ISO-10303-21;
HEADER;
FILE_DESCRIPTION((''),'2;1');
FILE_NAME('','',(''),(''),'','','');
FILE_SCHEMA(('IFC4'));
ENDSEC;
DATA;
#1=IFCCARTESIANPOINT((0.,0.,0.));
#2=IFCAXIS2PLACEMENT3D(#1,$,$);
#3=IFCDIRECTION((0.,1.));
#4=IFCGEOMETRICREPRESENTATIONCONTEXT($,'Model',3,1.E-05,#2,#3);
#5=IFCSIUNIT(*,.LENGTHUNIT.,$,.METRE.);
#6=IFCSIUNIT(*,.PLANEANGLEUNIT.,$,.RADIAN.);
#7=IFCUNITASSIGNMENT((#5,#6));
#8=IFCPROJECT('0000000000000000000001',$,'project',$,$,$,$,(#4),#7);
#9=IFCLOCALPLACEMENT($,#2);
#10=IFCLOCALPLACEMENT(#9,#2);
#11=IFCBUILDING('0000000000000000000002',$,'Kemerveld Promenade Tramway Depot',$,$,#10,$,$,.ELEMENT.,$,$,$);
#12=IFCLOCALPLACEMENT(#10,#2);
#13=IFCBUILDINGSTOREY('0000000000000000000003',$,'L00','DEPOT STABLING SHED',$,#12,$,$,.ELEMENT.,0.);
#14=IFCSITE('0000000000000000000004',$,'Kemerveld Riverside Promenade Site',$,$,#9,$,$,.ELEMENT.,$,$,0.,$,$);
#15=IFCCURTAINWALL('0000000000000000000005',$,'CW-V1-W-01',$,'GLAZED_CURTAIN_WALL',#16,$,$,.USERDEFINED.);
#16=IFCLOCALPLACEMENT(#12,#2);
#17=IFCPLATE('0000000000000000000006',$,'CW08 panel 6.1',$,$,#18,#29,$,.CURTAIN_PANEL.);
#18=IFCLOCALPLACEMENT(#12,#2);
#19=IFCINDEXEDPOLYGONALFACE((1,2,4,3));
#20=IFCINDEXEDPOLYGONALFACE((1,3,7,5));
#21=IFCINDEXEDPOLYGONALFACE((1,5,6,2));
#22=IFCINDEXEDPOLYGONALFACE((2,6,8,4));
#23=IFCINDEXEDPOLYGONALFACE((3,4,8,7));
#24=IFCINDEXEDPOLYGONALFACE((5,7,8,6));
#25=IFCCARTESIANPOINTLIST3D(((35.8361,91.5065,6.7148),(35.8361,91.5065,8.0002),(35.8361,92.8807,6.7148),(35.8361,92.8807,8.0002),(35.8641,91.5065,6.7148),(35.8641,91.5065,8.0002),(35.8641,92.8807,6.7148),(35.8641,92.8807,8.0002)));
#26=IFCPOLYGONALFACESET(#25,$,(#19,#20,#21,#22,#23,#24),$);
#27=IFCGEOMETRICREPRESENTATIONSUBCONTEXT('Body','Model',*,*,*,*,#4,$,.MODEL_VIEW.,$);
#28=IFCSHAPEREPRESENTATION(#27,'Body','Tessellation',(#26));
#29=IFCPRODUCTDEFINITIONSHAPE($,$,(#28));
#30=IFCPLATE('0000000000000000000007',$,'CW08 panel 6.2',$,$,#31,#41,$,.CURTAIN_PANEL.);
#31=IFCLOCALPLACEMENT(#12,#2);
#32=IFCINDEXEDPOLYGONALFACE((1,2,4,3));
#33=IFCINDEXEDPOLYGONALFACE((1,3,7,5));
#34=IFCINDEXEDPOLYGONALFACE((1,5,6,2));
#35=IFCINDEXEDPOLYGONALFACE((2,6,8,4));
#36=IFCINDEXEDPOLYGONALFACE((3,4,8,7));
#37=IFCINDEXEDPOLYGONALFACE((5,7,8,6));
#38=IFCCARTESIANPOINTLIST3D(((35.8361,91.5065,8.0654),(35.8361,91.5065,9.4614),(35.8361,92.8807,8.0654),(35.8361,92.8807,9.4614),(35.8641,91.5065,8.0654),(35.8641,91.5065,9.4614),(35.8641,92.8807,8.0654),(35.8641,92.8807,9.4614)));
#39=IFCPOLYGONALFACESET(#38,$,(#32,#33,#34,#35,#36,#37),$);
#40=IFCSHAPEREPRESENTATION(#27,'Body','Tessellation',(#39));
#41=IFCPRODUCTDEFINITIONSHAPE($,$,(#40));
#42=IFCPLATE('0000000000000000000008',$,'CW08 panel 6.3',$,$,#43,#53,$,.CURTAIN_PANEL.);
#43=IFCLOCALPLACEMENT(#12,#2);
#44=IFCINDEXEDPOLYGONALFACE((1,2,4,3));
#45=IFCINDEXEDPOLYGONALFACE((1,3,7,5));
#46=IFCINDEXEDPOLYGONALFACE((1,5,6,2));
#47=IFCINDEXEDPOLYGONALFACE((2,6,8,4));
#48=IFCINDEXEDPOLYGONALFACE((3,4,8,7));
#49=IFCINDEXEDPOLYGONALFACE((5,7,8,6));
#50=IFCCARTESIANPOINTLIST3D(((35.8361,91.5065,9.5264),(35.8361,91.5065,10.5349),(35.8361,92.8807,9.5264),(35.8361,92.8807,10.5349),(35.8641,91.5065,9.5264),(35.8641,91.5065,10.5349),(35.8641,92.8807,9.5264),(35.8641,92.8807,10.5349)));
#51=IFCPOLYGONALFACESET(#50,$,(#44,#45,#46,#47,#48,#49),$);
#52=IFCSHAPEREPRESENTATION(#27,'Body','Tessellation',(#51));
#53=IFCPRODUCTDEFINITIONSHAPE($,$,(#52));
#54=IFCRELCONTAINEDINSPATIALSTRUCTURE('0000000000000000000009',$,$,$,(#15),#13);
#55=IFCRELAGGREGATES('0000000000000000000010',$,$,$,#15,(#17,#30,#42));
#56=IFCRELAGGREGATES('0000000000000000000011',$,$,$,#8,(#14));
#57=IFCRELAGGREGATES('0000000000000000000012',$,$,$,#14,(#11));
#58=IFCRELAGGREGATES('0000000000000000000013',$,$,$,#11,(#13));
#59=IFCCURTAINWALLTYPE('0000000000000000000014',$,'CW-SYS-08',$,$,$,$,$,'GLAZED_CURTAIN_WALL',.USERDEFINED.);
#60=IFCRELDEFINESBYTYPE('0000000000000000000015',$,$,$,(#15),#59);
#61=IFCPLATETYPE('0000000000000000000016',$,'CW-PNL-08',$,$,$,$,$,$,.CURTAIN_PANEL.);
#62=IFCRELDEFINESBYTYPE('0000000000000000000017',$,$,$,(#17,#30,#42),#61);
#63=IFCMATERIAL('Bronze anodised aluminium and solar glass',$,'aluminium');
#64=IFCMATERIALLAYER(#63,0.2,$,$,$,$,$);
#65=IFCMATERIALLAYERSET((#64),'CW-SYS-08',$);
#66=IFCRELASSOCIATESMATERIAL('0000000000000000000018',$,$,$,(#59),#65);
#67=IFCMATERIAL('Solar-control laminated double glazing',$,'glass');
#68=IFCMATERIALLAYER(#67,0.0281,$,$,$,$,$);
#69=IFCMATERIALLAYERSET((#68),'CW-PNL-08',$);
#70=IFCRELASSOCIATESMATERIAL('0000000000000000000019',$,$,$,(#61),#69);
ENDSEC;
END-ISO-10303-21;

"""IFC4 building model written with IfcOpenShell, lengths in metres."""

from ifc_helpers import new_model, si_unit, direction, frame, origin, origin_2d, place, context, subcontext, project, spatial, rectangle, extrude, material, layer, layer_set, type_object, element, aggregate, save


model = new_model("IFC4")

# Units and contexts
model_context = context("Model", 3, precision=1e-05, world=origin(), true_north=direction((0.0, 1.0)))
body_context = subcontext(model_context, "Body", "Model", "MODEL_VIEW")
ifc_project = project(units=[si_unit("LENGTHUNIT", "METRE"), si_unit("PLANEANGLEUNIT", "RADIAN")], contexts=[model_context])

# Site, building, storey
site_placement = place(None, origin())
site = spatial("IfcSite", under=ifc_project, at=site_placement, Name="Kemerveld Riverside Promenade Site", CompositionType="ELEMENT", RefElevation=0.0)
building_placement = place(site_placement, origin())
building = spatial("IfcBuilding", under=site, at=building_placement, Name="Kemerveld Promenade Tramway Depot", CompositionType="ELEMENT")
storey_placement = place(building_placement, origin())
storey = spatial("IfcBuildingStorey", under=building, at=storey_placement, Name="L00", Description="DEPOT STABLING SHED", CompositionType="ELEMENT", Elevation=0.0)

# Curtain wall, plates
ifc_material_1 = material(Name="Bronze anodised aluminium and solar glass", Category="aluminium")
ifc_layer_1 = layer(ifc_material_1, 0.2)
ifc_layer_set_1 = layer_set([ifc_layer_1], Name="CW-SYS-08")
curtain_wall_type = type_object("IfcCurtainWallType", Name="CW-SYS-08", ElementType="GLAZED_CURTAIN_WALL", PredefinedType="USERDEFINED", material=ifc_layer_set_1)
curtain_wall_placement = place(storey_placement, origin())
curtain_wall = element("IfcCurtainWall", 1, at=curtain_wall_placement, inside=storey, type_object=curtain_wall_type, Name="CW-V1-W-01", ObjectType="GLAZED_CURTAIN_WALL", PredefinedType="USERDEFINED")
ifc_material_2 = material(Name="Solar-control laminated double glazing", Category="glass")
ifc_layer_2 = layer(ifc_material_2, 0.0281)
ifc_layer_set_2 = layer_set([ifc_layer_2], Name="CW-PNL-08")
plate_type = type_object("IfcPlateType", Name="CW-PNL-08", PredefinedType="CURTAIN_PANEL", material=ifc_layer_set_2)
plate_1_placement = place(storey_placement, frame((35.8501, 92.1936, 6.7148), z_axis=(0.0, 0.0, 1.0), x_axis=(0.0, 1.0, 0.0)))
plate_1 = element("IfcPlate", 2, at=plate_1_placement, type_object=plate_type, Name="CW08 panel 6.1", PredefinedType="CURTAIN_PANEL", context=body_context, shape_type="SweptSolid", body=[
    extrude(rectangle(XDim=1.3743, YDim=0.0281, at=origin_2d()), origin(), (0.0, 0.0, 1.0), 1.2854),
])
plate_2_placement = place(storey_placement, frame((35.8501, 92.1936, 8.0654), z_axis=(0.0, 0.0, 1.0), x_axis=(0.0, 1.0, 0.0)))
plate_2 = element("IfcPlate", 3, at=plate_2_placement, type_object=plate_type, Name="CW08 panel 6.2", PredefinedType="CURTAIN_PANEL", context=body_context, shape_type="SweptSolid", body=[
    extrude(rectangle(XDim=1.3743, YDim=0.0281, at=origin_2d()), origin(), (0.0, 0.0, 1.0), 1.396),
])
plate_3_placement = place(storey_placement, frame((35.8501, 92.1936, 9.5264), z_axis=(0.0, 0.0, 1.0), x_axis=(0.0, 1.0, 0.0)))
plate_3 = element("IfcPlate", 4, at=plate_3_placement, type_object=plate_type, Name="CW08 panel 6.3", PredefinedType="CURTAIN_PANEL", context=body_context, shape_type="SweptSolid", body=[
    extrude(rectangle(XDim=1.3743, YDim=0.0281, at=origin_2d()), origin(), (0.0, 0.0, 1.0), 1.0085),
])
aggregate(curtain_wall, [plate_1, plate_2, plate_3])

save(model, "model.ifc")
